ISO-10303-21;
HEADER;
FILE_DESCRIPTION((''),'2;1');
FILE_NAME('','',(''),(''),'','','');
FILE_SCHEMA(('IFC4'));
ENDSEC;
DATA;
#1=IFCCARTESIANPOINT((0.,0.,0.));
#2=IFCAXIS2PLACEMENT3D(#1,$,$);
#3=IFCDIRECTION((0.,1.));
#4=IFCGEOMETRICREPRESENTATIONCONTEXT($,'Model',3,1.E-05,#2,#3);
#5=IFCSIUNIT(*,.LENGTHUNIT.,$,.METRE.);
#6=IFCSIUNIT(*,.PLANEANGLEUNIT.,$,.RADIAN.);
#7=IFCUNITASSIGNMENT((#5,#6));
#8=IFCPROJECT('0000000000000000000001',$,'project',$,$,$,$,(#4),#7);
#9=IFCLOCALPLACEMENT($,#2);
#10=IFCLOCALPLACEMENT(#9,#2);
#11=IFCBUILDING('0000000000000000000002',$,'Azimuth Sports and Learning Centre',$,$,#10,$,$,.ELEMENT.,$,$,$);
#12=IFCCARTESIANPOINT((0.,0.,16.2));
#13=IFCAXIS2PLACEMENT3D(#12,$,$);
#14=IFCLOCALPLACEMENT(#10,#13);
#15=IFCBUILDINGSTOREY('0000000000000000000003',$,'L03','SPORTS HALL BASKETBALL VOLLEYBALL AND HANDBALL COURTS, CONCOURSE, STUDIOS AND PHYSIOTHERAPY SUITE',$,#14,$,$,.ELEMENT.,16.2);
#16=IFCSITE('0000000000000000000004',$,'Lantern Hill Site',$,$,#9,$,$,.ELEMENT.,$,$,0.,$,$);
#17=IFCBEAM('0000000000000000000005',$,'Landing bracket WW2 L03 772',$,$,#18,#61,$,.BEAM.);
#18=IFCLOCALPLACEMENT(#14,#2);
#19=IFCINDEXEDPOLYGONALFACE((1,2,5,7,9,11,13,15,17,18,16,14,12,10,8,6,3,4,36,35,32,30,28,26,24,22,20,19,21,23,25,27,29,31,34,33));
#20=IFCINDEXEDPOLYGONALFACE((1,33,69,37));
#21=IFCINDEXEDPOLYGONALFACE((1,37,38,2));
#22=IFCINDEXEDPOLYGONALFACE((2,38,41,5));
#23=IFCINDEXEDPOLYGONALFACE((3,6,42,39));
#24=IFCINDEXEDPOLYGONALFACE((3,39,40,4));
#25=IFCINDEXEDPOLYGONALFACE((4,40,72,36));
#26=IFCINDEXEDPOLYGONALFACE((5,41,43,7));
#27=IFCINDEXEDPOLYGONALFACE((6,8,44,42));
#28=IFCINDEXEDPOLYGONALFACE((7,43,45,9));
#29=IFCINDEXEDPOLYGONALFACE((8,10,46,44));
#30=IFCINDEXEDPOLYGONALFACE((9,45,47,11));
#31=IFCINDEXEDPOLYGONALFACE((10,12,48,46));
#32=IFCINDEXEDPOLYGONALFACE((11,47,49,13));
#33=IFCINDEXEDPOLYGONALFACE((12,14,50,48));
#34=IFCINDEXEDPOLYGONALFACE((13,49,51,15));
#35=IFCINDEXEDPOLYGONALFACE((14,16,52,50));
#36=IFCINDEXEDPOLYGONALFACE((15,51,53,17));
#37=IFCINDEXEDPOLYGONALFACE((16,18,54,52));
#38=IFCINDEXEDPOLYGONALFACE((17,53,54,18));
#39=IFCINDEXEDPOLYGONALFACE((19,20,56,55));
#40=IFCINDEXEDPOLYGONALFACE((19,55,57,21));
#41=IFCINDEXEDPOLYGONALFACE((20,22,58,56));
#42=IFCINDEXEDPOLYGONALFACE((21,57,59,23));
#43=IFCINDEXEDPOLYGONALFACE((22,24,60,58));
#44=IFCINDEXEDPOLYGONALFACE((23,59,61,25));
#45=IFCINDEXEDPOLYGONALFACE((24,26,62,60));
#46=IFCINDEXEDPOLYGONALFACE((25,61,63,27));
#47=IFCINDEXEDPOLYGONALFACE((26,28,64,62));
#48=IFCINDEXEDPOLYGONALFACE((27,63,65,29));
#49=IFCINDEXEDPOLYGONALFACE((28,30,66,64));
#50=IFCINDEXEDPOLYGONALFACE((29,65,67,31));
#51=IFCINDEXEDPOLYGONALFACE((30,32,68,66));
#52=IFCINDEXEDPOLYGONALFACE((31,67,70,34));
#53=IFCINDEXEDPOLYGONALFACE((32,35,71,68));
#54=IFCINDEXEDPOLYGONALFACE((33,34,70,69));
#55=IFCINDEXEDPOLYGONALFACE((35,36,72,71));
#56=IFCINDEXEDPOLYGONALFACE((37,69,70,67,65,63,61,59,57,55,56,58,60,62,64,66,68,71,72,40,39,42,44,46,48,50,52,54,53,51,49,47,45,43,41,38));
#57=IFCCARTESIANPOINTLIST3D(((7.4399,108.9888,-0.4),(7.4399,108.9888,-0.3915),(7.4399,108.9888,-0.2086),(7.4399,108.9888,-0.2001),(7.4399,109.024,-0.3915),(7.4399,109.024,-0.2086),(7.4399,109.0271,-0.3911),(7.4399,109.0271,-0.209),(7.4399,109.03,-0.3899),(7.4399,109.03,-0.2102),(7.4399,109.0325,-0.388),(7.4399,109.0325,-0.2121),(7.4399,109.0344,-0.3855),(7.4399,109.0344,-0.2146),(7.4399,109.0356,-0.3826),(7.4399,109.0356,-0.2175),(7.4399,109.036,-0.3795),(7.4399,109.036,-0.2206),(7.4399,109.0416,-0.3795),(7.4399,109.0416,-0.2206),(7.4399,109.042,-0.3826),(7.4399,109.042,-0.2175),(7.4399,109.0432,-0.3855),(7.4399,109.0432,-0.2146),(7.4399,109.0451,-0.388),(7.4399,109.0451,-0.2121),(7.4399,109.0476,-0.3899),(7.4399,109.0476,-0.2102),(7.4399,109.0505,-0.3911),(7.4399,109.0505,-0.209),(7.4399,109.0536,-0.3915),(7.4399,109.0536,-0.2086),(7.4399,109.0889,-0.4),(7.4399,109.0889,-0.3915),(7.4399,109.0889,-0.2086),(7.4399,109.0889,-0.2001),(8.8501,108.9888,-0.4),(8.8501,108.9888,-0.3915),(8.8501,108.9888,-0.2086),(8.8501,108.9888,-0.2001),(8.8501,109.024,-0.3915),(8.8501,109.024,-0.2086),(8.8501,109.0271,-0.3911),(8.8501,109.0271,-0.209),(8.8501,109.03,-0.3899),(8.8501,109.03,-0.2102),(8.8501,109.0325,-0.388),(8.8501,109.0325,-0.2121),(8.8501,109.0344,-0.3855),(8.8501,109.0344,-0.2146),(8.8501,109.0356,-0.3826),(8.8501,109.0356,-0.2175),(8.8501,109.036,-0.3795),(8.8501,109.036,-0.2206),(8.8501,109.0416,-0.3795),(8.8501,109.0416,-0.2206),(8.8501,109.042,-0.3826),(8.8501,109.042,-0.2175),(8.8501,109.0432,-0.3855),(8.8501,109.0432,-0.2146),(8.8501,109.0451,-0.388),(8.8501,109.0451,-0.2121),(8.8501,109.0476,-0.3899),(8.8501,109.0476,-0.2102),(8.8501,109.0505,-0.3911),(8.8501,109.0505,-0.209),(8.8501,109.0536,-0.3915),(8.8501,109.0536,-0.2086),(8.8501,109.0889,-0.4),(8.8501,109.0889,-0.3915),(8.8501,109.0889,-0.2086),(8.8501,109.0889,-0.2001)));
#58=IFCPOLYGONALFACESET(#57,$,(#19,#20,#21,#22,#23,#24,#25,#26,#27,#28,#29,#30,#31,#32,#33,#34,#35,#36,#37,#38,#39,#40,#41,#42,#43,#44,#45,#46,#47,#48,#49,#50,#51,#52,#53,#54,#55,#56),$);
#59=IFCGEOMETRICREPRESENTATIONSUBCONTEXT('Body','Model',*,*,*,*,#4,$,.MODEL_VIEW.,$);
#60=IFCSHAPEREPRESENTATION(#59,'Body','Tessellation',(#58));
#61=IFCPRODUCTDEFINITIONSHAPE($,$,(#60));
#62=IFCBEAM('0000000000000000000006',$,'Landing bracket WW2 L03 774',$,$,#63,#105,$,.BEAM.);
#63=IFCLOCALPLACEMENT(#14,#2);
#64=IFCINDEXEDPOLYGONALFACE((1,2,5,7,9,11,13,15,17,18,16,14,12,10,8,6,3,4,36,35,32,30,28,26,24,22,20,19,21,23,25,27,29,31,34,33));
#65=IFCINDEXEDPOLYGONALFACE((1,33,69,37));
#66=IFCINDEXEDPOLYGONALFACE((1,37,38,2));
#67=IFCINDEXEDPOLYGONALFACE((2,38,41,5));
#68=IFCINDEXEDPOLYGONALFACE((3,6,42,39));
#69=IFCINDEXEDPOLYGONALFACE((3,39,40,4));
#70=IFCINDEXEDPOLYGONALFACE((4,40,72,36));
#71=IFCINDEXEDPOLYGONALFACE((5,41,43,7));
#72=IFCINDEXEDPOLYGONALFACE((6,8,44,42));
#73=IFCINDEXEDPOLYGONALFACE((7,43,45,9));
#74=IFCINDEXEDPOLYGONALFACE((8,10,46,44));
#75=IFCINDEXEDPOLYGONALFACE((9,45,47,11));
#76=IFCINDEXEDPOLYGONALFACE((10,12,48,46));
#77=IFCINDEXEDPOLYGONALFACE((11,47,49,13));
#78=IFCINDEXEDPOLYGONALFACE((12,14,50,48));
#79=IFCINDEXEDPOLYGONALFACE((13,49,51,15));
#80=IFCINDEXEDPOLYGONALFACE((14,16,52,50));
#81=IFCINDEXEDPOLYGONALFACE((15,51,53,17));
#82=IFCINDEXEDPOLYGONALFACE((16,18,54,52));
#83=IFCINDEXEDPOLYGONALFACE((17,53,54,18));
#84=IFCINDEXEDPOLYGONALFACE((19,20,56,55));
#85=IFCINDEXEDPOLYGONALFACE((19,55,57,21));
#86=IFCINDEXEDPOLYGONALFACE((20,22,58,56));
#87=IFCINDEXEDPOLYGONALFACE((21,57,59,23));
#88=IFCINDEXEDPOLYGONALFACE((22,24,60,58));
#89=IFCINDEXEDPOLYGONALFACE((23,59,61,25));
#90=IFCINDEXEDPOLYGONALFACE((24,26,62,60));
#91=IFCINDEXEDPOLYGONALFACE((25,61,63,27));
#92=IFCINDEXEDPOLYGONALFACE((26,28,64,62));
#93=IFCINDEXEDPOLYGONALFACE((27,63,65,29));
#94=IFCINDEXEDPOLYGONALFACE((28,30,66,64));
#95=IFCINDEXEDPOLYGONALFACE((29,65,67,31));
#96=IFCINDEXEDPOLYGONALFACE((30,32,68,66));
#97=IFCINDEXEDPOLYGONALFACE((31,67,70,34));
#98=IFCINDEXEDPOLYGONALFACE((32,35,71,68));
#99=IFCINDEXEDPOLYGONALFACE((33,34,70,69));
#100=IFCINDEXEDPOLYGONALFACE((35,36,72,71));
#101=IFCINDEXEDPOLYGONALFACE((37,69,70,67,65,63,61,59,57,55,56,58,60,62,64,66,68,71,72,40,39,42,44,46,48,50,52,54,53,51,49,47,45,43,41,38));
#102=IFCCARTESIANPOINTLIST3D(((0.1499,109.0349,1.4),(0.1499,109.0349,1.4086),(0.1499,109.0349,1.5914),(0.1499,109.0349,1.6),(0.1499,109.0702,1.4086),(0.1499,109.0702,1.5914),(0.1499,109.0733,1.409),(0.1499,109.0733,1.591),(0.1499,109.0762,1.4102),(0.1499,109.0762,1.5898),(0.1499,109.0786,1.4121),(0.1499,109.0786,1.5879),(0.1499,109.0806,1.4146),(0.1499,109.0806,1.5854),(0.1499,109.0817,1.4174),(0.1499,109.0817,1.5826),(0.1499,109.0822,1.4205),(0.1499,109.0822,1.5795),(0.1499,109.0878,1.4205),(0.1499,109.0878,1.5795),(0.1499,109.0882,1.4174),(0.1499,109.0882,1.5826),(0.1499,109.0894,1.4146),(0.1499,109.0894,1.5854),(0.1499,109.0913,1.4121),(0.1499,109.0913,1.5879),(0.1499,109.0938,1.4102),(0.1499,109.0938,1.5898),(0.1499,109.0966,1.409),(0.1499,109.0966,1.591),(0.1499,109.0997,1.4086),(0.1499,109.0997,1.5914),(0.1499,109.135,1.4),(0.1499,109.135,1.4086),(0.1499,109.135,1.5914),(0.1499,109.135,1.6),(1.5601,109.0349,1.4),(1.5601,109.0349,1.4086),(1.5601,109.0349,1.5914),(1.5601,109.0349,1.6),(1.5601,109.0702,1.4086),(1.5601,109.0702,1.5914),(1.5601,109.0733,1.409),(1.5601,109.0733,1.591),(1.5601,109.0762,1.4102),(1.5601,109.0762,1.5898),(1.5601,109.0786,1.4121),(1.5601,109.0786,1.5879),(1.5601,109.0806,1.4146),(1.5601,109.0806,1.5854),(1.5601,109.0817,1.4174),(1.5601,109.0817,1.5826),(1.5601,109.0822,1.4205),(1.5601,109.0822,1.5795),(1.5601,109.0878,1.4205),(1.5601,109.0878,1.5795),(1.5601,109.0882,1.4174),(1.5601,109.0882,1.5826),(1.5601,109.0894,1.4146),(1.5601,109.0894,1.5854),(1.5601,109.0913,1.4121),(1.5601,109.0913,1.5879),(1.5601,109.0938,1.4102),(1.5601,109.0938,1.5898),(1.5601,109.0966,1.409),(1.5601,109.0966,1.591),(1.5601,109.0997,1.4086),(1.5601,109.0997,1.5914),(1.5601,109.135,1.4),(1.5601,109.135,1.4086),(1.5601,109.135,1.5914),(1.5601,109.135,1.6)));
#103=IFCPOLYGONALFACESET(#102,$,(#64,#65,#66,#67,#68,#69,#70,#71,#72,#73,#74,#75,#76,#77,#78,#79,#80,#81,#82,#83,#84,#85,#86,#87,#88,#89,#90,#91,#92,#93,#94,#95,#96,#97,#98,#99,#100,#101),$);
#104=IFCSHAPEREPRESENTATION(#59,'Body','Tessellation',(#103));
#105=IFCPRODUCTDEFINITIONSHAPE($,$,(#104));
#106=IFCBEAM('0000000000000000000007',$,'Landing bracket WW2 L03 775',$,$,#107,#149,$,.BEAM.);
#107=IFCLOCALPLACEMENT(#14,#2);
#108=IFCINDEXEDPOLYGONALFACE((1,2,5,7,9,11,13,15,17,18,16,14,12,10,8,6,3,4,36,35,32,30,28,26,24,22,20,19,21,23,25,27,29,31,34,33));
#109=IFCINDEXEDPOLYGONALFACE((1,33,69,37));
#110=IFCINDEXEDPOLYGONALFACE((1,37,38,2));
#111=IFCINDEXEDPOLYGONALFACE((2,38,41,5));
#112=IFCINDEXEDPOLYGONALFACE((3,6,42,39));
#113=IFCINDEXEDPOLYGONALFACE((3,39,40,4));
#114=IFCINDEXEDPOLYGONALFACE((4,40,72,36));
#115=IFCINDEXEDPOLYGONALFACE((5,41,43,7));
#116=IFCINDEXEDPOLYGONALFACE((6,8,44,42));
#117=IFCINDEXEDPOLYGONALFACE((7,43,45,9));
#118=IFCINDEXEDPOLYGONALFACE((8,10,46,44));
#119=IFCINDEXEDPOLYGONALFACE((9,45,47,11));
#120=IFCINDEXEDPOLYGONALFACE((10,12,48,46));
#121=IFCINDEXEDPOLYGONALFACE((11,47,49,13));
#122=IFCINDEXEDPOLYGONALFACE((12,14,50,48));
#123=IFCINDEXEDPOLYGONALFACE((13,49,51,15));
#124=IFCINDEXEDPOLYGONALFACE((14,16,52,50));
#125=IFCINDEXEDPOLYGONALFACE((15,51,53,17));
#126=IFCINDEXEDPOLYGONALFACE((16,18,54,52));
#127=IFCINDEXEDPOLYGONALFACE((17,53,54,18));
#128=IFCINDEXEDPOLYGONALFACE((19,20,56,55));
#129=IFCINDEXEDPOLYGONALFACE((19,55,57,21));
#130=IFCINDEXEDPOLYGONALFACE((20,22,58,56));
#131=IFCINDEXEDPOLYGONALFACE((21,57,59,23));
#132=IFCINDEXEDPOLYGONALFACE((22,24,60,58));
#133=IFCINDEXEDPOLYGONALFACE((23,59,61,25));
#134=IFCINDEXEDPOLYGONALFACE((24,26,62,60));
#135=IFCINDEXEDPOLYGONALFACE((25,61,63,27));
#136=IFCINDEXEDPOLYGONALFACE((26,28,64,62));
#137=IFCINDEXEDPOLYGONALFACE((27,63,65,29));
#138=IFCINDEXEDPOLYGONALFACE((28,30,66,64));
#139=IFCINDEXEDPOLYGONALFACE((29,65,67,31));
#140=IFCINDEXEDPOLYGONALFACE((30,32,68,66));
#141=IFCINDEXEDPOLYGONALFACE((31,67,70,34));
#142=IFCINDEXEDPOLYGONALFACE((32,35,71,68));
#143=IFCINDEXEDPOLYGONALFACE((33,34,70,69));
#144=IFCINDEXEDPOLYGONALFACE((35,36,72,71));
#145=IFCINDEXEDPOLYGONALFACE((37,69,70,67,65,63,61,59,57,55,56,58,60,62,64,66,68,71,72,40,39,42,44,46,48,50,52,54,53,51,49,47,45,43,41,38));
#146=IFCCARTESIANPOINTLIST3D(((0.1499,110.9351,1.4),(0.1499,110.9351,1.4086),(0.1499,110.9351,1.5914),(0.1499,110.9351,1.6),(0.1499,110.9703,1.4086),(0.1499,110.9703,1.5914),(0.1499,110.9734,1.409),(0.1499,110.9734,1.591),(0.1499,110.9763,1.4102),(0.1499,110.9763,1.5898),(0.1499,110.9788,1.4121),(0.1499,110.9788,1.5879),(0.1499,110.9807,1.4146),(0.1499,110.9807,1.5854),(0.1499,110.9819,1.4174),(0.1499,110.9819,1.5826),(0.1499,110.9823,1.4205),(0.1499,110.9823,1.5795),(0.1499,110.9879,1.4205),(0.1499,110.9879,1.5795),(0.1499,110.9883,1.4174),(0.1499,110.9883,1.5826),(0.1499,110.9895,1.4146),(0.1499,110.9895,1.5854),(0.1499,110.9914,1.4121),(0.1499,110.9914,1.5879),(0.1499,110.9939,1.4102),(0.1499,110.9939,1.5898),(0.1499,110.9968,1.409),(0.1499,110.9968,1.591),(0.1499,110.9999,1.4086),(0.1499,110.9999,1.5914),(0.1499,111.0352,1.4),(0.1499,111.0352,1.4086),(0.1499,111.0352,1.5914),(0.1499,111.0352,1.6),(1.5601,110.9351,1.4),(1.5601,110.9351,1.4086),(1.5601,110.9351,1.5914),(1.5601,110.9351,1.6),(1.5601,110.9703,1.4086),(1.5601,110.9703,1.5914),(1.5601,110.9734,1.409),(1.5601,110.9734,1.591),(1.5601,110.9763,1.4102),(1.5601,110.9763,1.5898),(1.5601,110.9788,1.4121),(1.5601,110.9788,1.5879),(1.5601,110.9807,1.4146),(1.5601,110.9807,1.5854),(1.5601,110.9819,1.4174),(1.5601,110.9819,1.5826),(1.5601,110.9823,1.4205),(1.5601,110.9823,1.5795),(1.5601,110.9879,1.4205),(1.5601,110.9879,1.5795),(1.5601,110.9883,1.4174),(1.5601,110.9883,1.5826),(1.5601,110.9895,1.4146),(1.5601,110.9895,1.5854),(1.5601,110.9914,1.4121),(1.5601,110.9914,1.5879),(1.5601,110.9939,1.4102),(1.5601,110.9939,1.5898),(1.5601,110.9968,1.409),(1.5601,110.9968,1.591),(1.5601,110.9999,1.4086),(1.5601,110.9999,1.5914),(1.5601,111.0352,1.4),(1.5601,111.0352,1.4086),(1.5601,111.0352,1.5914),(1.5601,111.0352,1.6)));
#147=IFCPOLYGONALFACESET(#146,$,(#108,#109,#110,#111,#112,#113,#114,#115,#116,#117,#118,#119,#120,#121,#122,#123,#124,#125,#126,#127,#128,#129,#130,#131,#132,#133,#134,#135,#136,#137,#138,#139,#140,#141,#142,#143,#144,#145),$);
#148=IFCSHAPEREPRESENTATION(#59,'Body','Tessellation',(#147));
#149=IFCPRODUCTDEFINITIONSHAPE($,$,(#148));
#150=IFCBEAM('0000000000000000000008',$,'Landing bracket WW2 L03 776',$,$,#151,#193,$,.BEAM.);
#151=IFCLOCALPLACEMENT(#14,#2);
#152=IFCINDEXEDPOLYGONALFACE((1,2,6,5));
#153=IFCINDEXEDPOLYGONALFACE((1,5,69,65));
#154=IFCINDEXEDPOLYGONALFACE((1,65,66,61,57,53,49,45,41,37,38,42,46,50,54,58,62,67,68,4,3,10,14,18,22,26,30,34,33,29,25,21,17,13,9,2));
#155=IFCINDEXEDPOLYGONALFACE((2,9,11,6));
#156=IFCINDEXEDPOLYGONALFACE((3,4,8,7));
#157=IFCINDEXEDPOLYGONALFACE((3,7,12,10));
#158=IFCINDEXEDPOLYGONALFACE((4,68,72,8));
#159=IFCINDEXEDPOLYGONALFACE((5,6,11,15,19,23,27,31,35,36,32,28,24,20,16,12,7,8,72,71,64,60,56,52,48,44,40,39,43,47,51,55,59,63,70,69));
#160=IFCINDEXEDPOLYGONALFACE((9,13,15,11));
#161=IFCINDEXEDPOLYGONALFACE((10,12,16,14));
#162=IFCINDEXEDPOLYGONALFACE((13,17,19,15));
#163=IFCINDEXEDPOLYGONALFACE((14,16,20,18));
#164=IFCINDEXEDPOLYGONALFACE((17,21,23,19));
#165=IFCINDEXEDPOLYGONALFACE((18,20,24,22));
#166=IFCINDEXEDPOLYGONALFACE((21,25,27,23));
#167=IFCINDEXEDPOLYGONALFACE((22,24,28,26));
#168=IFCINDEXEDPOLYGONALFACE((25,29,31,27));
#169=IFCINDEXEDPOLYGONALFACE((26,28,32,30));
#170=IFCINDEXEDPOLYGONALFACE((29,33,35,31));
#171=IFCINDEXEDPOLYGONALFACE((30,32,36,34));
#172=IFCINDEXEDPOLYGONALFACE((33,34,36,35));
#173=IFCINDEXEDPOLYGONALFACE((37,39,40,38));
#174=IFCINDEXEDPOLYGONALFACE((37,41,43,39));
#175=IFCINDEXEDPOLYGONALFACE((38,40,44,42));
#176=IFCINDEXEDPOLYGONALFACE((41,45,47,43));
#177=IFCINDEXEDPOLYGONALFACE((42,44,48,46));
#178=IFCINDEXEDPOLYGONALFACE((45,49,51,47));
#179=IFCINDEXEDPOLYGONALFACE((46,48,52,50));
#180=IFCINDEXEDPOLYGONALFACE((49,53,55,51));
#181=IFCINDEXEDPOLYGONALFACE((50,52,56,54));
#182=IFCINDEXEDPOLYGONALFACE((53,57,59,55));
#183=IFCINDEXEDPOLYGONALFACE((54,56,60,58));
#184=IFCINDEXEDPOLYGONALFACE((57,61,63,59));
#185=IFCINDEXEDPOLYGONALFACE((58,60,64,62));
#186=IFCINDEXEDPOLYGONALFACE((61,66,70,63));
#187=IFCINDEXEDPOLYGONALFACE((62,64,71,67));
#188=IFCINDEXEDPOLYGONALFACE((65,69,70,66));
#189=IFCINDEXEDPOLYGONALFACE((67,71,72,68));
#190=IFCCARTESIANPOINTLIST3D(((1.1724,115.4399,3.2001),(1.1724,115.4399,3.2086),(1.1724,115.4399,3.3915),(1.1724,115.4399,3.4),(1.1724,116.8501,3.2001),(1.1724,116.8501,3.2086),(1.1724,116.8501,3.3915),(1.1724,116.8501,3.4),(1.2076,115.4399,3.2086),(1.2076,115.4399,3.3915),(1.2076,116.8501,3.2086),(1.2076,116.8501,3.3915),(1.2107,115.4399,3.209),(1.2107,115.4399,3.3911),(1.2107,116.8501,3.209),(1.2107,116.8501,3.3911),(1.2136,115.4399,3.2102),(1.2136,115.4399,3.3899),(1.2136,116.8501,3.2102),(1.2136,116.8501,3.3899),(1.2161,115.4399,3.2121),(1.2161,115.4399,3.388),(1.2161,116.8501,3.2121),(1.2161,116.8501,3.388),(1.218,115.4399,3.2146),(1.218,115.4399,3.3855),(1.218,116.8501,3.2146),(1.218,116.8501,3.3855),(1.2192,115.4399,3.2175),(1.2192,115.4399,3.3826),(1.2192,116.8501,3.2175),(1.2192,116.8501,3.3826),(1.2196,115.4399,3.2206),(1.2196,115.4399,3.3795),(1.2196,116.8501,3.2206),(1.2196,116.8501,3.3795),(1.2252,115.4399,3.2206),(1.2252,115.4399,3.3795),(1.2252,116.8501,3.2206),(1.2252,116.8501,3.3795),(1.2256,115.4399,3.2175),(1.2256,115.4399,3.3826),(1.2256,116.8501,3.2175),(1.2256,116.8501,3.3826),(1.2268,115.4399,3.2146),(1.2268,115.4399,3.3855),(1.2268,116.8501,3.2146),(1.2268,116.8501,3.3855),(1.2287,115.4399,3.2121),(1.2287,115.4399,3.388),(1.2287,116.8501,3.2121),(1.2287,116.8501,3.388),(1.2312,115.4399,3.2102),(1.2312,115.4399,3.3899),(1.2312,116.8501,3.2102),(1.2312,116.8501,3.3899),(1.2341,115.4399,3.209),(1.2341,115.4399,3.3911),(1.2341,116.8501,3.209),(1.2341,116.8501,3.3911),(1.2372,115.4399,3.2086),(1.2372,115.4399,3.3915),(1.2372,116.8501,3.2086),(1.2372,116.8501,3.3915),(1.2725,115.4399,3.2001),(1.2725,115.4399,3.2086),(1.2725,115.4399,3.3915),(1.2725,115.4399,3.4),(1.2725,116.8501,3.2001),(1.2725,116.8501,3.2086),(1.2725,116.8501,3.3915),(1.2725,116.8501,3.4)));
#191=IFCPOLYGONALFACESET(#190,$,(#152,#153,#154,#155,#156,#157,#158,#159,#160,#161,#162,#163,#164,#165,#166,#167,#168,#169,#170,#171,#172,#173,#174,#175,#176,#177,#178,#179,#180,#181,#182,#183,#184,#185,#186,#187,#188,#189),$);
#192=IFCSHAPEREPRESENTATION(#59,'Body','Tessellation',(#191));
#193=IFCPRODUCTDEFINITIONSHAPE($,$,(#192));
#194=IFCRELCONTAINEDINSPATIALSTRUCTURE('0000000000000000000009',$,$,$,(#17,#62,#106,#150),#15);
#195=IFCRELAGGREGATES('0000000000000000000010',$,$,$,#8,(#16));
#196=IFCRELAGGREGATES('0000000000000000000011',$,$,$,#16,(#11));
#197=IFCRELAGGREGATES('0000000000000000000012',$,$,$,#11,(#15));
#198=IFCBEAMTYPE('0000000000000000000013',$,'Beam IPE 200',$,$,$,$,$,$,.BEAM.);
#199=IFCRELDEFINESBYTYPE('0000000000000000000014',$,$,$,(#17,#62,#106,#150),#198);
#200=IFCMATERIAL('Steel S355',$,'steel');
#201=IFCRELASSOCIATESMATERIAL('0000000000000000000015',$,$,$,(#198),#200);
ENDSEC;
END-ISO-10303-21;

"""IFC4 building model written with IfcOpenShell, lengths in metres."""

from ifc_helpers import new_model, si_unit, direction, frame, origin, origin_2d, place, context, subcontext, project, spatial, i_section, extrude, material, material_profile, profile_set, type_object, element, save


model = new_model("IFC4")

# Units and contexts
model_context = context("Model", 3, precision=1e-05, world=origin(), true_north=direction((0.0, 1.0)))
body_context = subcontext(model_context, "Body", "Model", "MODEL_VIEW")
ifc_project = project(units=[si_unit("LENGTHUNIT", "METRE"), si_unit("PLANEANGLEUNIT", "RADIAN")], contexts=[model_context])

# Site, building, storey
site_placement = place(None, origin())
site = spatial("IfcSite", under=ifc_project, at=site_placement, Name="Lantern Hill Site", CompositionType="ELEMENT", RefElevation=0.0)
building_placement = place(site_placement, origin())
building = spatial("IfcBuilding", under=site, at=building_placement, Name="Azimuth Sports and Learning Centre", CompositionType="ELEMENT")
storey_placement = place(building_placement, frame((0.0, 0.0, 16.2)))
storey = spatial("IfcBuildingStorey", under=building, at=storey_placement, Name="L03", Description="SPORTS HALL BASKETBALL VOLLEYBALL AND HANDBALL COURTS, CONCOURSE, STUDIOS AND PHYSIOTHERAPY SUITE", CompositionType="ELEMENT", Elevation=16.2)

# Beams
ifc_material_1 = material(Name="Steel S355", Category="steel")
ifc_material_profile = material_profile(ifc_material_1, i_section(OverallWidth=0.1001, OverallDepth=0.2, WebThickness=0.0056, FlangeThickness=0.0085, FilletRadius=0.012, at=origin_2d()), Name="IPE 200")
ifc_profile_set = profile_set([ifc_material_profile], Name="Steel S355")
beam_type = type_object("IfcBeamType", Name="Beam IPE 200", PredefinedType="BEAM", material=ifc_profile_set)
for number, where, z_axis, x_axis, name in (
    (1, (8.8501, 109.0388, -0.3), (-1.0, 0.0, 0.0), (0.0, -1.0, 0.0), "Landing bracket WW2 L03 772"),
    (2, (0.1499, 109.085, 1.5), (1.0, 0.0, 0.0), (0.0, 1.0, 0.0), "Landing bracket WW2 L03 774"),
    (3, (0.1499, 110.9851, 1.5), (1.0, 0.0, 0.0), (0.0, 1.0, 0.0), "Landing bracket WW2 L03 775"),
    (4, (1.2224, 116.8501, 3.3), (0.0, -1.0, 0.0), (1.0, 0.0, 0.0), "Landing bracket WW2 L03 776"),
):
    element("IfcBeam", number, at=place(storey_placement, frame(where, z_axis=z_axis, x_axis=x_axis)), inside=storey, type_object=beam_type, Name=name, PredefinedType="BEAM", context=body_context, shape_type="SweptSolid", body=[
        extrude(i_section(OverallWidth=0.1001, OverallDepth=0.2, WebThickness=0.0056, FlangeThickness=0.0085, FilletRadius=0.012, at=origin_2d()), origin(), (0.0, 0.0, 1.0), 1.4102),
    ])

save(model, "model.ifc")
